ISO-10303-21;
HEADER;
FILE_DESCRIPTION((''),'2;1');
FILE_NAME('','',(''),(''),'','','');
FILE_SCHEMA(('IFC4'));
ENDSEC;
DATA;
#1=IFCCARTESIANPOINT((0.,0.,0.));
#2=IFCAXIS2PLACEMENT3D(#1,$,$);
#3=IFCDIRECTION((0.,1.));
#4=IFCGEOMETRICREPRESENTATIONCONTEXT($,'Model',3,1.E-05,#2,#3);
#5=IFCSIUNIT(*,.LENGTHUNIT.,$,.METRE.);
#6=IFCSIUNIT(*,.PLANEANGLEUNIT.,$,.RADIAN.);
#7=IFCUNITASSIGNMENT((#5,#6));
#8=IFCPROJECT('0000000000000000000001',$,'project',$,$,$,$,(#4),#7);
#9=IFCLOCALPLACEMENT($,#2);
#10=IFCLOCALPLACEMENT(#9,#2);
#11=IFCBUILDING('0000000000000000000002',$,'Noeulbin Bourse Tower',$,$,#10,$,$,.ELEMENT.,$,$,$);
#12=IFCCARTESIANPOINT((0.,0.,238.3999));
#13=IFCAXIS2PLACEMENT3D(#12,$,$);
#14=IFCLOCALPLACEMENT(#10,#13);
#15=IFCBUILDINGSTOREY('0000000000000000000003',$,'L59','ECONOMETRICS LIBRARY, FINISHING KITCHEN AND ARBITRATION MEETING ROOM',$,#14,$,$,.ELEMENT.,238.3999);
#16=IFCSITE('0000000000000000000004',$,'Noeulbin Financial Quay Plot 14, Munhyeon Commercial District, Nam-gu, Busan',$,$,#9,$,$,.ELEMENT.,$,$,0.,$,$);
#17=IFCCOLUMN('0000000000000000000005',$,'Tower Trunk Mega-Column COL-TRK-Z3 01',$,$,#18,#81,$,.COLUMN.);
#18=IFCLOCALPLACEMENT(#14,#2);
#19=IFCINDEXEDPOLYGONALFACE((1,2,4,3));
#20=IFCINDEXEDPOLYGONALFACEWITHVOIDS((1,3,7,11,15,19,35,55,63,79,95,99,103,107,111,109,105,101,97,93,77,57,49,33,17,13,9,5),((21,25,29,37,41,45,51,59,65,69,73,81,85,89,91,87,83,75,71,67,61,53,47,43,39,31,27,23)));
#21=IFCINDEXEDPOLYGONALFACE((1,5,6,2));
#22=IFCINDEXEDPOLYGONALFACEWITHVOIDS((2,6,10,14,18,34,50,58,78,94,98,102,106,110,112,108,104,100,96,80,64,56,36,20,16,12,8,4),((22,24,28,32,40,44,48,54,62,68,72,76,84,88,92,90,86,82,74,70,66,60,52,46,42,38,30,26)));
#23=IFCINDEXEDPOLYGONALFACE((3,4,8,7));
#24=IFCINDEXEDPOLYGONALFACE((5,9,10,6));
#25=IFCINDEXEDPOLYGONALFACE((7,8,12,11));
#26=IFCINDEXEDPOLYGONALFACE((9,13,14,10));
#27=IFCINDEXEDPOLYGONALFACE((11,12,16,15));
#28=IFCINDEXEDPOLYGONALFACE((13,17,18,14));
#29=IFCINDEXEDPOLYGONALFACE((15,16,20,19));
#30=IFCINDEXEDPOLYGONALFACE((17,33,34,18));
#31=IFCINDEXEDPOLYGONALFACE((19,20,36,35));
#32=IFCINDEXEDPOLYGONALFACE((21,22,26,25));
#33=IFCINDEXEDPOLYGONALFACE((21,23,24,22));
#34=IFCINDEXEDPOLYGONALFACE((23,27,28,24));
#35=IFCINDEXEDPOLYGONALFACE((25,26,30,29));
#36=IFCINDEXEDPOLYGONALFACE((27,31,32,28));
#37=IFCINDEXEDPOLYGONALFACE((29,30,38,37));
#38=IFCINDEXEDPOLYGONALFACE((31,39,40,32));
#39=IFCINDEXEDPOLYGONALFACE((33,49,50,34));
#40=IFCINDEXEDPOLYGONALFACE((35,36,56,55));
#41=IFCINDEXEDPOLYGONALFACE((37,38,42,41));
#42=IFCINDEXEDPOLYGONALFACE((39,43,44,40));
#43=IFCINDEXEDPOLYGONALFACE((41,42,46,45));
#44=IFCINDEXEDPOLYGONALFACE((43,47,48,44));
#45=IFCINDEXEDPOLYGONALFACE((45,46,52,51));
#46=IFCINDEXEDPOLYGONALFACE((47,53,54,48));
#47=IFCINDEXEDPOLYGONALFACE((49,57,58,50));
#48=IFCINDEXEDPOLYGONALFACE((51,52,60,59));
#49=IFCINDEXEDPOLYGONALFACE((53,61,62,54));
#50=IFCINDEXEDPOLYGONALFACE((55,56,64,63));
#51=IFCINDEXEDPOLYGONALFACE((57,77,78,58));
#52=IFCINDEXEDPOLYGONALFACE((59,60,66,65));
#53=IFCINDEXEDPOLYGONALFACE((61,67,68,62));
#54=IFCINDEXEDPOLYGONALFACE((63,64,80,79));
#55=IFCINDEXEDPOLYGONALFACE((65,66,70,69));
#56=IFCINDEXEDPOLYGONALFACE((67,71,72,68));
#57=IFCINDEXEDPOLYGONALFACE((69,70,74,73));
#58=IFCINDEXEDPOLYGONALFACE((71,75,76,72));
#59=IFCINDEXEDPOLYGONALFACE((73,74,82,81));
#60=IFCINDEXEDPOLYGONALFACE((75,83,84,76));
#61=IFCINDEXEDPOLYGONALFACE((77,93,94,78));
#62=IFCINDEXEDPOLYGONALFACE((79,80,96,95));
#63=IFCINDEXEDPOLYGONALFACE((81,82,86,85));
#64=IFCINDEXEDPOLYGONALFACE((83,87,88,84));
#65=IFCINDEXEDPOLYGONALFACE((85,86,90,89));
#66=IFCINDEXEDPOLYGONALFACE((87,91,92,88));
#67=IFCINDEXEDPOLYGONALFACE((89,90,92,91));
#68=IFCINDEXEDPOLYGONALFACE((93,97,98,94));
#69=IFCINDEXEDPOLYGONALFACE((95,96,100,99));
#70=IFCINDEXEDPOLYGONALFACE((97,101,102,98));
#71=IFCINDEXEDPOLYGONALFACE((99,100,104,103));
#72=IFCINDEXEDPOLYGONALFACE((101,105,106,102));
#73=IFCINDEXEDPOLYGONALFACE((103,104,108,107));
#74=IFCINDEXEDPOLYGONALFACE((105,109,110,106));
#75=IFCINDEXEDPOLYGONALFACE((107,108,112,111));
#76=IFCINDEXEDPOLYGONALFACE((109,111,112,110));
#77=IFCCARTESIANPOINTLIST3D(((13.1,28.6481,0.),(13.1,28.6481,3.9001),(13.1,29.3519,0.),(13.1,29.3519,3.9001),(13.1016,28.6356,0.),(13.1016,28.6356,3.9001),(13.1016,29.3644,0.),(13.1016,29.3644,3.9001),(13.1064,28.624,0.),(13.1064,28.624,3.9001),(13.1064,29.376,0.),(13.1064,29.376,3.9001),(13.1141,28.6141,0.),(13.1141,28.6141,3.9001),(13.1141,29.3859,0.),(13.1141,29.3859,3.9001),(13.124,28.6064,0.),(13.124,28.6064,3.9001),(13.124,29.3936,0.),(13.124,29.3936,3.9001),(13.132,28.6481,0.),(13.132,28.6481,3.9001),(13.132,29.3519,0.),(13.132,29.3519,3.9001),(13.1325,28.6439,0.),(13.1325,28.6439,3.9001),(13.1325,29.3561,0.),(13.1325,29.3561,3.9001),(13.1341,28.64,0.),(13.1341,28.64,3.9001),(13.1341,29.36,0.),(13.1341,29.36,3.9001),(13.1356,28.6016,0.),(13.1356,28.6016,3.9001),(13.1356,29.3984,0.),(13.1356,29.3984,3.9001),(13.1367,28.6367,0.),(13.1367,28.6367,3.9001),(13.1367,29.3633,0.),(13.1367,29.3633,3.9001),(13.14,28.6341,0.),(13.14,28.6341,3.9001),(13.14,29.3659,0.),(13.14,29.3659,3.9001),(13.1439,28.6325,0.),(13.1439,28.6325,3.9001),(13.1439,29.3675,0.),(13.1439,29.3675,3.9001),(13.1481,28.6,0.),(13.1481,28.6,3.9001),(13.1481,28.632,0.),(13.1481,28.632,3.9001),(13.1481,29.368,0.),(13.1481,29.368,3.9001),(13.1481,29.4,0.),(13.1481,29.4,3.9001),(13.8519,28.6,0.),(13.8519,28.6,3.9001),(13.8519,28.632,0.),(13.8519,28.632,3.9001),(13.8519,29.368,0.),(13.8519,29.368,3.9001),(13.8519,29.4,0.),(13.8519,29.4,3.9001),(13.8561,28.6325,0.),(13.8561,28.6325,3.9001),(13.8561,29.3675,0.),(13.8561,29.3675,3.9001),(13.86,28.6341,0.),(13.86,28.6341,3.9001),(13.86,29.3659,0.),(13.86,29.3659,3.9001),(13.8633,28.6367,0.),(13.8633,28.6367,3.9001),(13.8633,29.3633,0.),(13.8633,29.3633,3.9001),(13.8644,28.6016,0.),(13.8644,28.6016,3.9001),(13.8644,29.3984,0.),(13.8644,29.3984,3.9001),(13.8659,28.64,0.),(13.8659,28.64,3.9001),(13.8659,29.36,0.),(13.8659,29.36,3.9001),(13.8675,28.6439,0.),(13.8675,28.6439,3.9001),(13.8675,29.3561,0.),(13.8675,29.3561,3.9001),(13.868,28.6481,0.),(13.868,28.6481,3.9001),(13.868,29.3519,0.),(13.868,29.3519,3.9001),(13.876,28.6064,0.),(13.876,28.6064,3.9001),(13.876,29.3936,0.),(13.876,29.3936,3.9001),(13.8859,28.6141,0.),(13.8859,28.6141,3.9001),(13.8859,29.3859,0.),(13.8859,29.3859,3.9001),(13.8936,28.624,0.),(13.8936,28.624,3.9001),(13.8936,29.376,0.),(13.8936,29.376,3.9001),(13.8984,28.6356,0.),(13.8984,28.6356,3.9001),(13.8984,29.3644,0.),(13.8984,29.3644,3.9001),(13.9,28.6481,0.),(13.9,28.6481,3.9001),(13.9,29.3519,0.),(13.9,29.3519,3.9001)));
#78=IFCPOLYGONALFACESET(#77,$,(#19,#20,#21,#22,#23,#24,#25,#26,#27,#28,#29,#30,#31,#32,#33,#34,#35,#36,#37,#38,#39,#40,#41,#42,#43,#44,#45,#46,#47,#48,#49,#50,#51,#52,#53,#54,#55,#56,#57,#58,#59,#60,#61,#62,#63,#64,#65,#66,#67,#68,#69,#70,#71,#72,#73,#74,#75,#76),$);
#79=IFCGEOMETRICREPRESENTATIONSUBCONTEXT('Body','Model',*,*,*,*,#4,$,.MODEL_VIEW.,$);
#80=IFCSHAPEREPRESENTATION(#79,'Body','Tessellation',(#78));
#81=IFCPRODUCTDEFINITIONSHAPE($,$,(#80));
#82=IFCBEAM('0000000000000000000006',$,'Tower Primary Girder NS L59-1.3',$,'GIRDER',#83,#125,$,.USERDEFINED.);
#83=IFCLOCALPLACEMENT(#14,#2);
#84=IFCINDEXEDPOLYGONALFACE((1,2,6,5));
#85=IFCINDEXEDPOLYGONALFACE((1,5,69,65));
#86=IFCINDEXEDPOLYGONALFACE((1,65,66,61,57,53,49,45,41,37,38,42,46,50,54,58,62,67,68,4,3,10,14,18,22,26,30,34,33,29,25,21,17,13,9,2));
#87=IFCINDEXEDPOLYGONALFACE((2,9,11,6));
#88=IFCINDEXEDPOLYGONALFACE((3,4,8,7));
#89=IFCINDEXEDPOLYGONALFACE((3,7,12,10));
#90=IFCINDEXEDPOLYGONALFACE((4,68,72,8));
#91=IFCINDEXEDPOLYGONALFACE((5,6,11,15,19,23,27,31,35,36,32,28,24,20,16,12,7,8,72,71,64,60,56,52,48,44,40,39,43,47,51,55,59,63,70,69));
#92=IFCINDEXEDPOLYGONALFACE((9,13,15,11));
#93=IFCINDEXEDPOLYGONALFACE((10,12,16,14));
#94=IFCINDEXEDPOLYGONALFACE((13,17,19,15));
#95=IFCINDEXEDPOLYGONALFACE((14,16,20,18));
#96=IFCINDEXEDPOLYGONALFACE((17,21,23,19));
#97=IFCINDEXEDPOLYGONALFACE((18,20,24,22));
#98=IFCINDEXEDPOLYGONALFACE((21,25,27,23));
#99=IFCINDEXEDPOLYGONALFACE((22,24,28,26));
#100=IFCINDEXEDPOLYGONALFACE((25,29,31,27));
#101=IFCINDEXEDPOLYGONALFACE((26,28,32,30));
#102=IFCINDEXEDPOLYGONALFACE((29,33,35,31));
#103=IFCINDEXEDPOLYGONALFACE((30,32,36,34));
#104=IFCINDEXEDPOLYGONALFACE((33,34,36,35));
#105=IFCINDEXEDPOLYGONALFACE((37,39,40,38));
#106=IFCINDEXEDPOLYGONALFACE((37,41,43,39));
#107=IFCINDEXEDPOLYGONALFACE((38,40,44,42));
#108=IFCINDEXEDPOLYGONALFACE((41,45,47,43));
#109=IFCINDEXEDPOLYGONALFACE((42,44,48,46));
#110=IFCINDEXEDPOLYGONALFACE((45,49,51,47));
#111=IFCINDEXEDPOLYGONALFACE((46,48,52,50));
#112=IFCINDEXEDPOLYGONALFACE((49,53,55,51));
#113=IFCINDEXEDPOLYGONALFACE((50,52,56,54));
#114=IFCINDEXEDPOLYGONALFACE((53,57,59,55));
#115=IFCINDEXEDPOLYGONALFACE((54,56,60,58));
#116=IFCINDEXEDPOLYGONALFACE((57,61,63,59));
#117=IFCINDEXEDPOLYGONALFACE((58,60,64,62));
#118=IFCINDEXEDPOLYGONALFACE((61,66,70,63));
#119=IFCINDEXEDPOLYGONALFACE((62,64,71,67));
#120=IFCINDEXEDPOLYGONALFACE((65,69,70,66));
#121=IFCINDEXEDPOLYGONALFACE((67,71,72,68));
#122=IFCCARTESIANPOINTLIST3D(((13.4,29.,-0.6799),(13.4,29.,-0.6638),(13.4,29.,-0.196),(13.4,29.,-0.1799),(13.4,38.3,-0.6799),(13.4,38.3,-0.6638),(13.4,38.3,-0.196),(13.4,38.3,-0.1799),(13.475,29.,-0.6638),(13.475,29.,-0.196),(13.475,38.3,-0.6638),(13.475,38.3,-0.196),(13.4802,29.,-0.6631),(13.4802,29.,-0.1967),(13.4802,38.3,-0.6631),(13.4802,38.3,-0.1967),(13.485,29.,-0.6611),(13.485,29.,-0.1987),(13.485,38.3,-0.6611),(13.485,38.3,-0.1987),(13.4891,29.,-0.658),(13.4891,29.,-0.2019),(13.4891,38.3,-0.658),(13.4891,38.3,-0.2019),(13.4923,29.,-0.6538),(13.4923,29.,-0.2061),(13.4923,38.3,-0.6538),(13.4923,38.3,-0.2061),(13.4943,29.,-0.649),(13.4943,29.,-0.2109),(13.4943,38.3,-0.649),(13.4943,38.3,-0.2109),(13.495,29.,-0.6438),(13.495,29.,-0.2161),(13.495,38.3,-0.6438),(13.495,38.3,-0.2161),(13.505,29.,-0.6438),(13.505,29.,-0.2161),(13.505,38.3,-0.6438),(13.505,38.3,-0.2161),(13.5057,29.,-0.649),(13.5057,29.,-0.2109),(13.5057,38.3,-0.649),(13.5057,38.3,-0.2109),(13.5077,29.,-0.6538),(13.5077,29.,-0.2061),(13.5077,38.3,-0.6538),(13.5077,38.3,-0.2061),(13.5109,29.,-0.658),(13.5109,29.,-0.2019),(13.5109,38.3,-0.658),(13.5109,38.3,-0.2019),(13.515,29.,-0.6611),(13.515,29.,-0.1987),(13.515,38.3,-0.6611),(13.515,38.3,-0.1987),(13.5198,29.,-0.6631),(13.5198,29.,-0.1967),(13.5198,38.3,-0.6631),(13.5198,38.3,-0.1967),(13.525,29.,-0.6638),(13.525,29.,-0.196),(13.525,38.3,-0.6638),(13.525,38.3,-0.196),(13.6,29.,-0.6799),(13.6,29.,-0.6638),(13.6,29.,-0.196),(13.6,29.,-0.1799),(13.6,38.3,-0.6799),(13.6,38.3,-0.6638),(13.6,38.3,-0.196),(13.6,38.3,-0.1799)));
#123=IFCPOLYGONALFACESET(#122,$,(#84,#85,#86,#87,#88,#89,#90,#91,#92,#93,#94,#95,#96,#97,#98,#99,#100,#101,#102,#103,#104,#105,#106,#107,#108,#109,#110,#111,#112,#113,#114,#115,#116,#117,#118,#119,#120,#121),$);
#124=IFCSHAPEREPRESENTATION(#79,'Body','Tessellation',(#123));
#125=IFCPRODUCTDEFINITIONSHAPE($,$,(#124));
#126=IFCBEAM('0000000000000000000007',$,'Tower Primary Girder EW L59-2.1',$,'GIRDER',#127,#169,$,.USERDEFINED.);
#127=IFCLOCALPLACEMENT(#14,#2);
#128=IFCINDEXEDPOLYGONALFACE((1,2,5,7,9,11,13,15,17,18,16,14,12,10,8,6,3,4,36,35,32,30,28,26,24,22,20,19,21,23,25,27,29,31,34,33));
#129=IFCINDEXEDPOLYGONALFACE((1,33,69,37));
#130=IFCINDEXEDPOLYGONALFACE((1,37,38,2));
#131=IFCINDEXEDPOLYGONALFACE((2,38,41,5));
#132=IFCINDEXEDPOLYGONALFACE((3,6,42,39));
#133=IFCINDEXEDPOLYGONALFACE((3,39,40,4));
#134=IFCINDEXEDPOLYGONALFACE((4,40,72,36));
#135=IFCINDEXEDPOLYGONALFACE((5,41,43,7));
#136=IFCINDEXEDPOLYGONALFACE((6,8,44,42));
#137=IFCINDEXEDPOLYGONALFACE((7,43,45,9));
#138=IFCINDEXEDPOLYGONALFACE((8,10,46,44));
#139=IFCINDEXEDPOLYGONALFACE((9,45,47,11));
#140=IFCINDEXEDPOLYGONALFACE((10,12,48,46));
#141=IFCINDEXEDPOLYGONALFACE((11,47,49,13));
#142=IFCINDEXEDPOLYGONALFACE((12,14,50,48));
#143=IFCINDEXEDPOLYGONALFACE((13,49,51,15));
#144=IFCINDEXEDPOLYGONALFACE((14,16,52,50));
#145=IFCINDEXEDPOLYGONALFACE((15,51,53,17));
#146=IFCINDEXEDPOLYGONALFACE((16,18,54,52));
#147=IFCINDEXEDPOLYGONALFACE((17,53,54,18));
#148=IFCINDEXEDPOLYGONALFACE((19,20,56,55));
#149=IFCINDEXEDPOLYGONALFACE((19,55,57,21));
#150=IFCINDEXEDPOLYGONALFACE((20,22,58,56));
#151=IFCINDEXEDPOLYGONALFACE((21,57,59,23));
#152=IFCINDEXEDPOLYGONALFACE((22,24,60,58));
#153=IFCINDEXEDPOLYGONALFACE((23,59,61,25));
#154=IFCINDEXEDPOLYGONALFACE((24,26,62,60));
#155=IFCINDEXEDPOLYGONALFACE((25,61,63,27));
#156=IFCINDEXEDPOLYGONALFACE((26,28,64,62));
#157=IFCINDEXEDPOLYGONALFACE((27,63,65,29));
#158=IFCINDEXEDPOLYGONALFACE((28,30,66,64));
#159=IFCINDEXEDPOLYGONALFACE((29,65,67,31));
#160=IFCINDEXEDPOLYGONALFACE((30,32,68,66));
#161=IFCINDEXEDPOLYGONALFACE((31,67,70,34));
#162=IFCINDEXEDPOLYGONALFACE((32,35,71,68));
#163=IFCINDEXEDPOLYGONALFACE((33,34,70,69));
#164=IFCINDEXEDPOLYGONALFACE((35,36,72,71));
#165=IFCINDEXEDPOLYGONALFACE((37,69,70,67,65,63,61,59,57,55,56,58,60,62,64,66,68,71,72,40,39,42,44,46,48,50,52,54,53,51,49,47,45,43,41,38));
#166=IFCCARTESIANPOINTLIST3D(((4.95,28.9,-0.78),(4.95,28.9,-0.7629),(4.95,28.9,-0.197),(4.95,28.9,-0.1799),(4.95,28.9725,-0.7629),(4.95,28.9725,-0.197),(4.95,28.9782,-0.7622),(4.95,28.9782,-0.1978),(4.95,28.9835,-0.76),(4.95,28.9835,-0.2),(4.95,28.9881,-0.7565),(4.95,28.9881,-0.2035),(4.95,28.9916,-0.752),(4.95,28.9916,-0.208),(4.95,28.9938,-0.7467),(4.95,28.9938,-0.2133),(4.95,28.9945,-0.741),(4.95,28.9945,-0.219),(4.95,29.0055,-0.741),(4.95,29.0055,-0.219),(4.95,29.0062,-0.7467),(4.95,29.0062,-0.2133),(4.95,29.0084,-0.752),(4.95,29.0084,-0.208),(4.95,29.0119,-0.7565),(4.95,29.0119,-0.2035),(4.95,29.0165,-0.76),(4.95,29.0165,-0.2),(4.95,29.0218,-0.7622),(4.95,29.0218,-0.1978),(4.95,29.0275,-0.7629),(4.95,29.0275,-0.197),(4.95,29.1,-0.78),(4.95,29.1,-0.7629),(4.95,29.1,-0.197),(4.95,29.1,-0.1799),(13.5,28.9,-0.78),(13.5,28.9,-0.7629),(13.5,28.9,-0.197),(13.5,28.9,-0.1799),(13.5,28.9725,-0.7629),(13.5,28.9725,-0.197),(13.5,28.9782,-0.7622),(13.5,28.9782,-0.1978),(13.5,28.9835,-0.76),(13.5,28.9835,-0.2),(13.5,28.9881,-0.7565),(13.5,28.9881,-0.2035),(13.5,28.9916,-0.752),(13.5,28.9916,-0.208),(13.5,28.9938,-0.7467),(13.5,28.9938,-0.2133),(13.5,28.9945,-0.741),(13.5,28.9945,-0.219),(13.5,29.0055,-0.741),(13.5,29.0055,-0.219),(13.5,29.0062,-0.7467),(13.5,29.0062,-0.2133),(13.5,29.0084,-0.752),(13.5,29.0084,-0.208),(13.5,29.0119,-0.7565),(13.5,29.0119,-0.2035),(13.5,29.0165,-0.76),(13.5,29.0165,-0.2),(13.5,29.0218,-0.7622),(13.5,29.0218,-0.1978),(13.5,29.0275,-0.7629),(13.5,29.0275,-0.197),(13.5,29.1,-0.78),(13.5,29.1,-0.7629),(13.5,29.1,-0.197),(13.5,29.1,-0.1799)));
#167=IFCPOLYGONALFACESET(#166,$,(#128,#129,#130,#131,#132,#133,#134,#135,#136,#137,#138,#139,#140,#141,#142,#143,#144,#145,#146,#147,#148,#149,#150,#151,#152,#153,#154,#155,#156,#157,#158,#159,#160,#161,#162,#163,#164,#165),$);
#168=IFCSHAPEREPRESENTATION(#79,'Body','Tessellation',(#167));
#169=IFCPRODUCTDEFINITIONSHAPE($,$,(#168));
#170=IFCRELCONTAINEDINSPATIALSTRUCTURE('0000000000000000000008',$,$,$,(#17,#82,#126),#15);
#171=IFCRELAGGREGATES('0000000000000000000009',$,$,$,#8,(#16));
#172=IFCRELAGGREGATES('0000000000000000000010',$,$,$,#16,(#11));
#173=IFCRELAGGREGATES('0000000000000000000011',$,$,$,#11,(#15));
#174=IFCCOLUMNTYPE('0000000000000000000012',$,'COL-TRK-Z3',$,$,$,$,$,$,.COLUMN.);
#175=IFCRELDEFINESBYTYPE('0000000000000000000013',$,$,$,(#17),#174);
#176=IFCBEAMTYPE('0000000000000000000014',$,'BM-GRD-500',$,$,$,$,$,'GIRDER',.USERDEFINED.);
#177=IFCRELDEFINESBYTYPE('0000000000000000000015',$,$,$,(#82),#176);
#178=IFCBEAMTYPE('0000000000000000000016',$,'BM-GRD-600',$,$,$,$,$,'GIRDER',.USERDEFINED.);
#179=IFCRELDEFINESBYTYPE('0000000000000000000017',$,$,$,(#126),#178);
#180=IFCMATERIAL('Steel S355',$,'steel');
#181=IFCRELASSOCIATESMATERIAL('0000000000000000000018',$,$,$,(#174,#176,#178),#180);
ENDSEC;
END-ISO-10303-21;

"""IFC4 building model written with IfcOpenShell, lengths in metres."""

from ifc_helpers import new_model, si_unit, direction, frame, origin, origin_2d, place, context, subcontext, project, spatial, hollow_rectangle, i_section, extrude, material, material_profile, profile_set, type_object, element, save


model = new_model("IFC4")

# Units and contexts
model_context = context("Model", 3, precision=1e-05, world=origin(), true_north=direction((0.0, 1.0)))
body_context = subcontext(model_context, "Body", "Model", "MODEL_VIEW")
ifc_project = project(units=[si_unit("LENGTHUNIT", "METRE"), si_unit("PLANEANGLEUNIT", "RADIAN")], contexts=[model_context])

# Site, building, storey
site_placement = place(None, origin())
site = spatial("IfcSite", under=ifc_project, at=site_placement, Name="Noeulbin Financial Quay Plot 14, Munhyeon Commercial District, Nam-gu, Busan", CompositionType="ELEMENT", RefElevation=0.0)
building_placement = place(site_placement, origin())
building = spatial("IfcBuilding", under=site, at=building_placement, Name="Noeulbin Bourse Tower", CompositionType="ELEMENT")
storey_placement = place(building_placement, frame((0.0, 0.0, 238.3999)))
storey = spatial("IfcBuildingStorey", under=building, at=storey_placement, Name="L59", Description="ECONOMETRICS LIBRARY, FINISHING KITCHEN AND ARBITRATION MEETING ROOM", CompositionType="ELEMENT", Elevation=238.3999)

# Column
ifc_material_1 = material(Name="Steel S355", Category="steel")
ifc_material_profile_1 = material_profile(ifc_material_1, hollow_rectangle(XDim=0.8, YDim=0.8, WallThickness=0.032, InnerFilletRadius=0.0161, OuterFilletRadius=0.0481, at=origin_2d()), Name="BOX-800x800x32", Category="LoadBearing")
ifc_profile_set_1 = profile_set([ifc_material_profile_1], Name="Steel S355")
column_type = type_object("IfcColumnType", Name="COL-TRK-Z3", PredefinedType="COLUMN", material=ifc_profile_set_1)
column_placement = place(storey_placement, frame((13.5, 29.0, 0.0), z_axis=(0.0, 0.0, 1.0), x_axis=(1.0, 0.0, 0.0)))
element("IfcColumn", 1, at=column_placement, inside=storey, type_object=column_type, Name="Tower Trunk Mega-Column COL-TRK-Z3 01", PredefinedType="COLUMN", context=body_context, shape_type="SweptSolid", body=[
    extrude(hollow_rectangle(XDim=0.8, YDim=0.8, WallThickness=0.032, InnerFilletRadius=0.0161, OuterFilletRadius=0.0481, at=origin_2d()), origin(), (0.0, 0.0, 1.0), 3.9001),
])

# Beams
ifc_material_profile_2 = material_profile(ifc_material_1, i_section(OverallWidth=0.2, OverallDepth=0.5, WebThickness=0.01, FlangeThickness=0.0161, FilletRadius=0.02, at=origin_2d()), Name="H-500x200x10x16", Category="LoadBearing")
ifc_profile_set_2 = profile_set([ifc_material_profile_2], Name="Steel S355")
beam_type_1 = type_object("IfcBeamType", Name="BM-GRD-500", ElementType="GIRDER", PredefinedType="USERDEFINED", material=ifc_profile_set_2)
beam_1_placement = place(storey_placement, frame((13.5, 29.0, -0.4299), z_axis=(0.0, 1.0, 0.0), x_axis=(-1.0, 0.0, 0.0)))
element("IfcBeam", 2, at=beam_1_placement, inside=storey, type_object=beam_type_1, Name="Tower Primary Girder NS L59-1.3", ObjectType="GIRDER", PredefinedType="USERDEFINED", context=body_context, shape_type="SweptSolid", body=[
    extrude(i_section(OverallWidth=0.2, OverallDepth=0.5, WebThickness=0.01, FlangeThickness=0.0161, FilletRadius=0.02, at=origin_2d()), origin(), (0.0, 0.0, 1.0), 9.3),
])
ifc_material_profile_3 = material_profile(ifc_material_1, i_section(OverallWidth=0.2, OverallDepth=0.6001, WebThickness=0.011, FlangeThickness=0.0171, FilletRadius=0.022, at=origin_2d()), Name="H-600x200x11x17", Category="LoadBearing")
ifc_profile_set_3 = profile_set([ifc_material_profile_3], Name="Steel S355")
beam_type_2 = type_object("IfcBeamType", Name="BM-GRD-600", ElementType="GIRDER", PredefinedType="USERDEFINED", material=ifc_profile_set_3)
beam_2_placement = place(storey_placement, frame((4.95, 29.0, -0.48), z_axis=(1.0, 0.0, 0.0), x_axis=(0.0, 1.0, 0.0)))
element("IfcBeam", 3, at=beam_2_placement, inside=storey, type_object=beam_type_2, Name="Tower Primary Girder EW L59-2.1", ObjectType="GIRDER", PredefinedType="USERDEFINED", context=body_context, shape_type="SweptSolid", body=[
    extrude(i_section(OverallWidth=0.2, OverallDepth=0.6001, WebThickness=0.011, FlangeThickness=0.0171, FilletRadius=0.022, at=origin_2d()), origin(), (0.0, 0.0, 1.0), 8.55),
])

save(model, "model.ifc")
